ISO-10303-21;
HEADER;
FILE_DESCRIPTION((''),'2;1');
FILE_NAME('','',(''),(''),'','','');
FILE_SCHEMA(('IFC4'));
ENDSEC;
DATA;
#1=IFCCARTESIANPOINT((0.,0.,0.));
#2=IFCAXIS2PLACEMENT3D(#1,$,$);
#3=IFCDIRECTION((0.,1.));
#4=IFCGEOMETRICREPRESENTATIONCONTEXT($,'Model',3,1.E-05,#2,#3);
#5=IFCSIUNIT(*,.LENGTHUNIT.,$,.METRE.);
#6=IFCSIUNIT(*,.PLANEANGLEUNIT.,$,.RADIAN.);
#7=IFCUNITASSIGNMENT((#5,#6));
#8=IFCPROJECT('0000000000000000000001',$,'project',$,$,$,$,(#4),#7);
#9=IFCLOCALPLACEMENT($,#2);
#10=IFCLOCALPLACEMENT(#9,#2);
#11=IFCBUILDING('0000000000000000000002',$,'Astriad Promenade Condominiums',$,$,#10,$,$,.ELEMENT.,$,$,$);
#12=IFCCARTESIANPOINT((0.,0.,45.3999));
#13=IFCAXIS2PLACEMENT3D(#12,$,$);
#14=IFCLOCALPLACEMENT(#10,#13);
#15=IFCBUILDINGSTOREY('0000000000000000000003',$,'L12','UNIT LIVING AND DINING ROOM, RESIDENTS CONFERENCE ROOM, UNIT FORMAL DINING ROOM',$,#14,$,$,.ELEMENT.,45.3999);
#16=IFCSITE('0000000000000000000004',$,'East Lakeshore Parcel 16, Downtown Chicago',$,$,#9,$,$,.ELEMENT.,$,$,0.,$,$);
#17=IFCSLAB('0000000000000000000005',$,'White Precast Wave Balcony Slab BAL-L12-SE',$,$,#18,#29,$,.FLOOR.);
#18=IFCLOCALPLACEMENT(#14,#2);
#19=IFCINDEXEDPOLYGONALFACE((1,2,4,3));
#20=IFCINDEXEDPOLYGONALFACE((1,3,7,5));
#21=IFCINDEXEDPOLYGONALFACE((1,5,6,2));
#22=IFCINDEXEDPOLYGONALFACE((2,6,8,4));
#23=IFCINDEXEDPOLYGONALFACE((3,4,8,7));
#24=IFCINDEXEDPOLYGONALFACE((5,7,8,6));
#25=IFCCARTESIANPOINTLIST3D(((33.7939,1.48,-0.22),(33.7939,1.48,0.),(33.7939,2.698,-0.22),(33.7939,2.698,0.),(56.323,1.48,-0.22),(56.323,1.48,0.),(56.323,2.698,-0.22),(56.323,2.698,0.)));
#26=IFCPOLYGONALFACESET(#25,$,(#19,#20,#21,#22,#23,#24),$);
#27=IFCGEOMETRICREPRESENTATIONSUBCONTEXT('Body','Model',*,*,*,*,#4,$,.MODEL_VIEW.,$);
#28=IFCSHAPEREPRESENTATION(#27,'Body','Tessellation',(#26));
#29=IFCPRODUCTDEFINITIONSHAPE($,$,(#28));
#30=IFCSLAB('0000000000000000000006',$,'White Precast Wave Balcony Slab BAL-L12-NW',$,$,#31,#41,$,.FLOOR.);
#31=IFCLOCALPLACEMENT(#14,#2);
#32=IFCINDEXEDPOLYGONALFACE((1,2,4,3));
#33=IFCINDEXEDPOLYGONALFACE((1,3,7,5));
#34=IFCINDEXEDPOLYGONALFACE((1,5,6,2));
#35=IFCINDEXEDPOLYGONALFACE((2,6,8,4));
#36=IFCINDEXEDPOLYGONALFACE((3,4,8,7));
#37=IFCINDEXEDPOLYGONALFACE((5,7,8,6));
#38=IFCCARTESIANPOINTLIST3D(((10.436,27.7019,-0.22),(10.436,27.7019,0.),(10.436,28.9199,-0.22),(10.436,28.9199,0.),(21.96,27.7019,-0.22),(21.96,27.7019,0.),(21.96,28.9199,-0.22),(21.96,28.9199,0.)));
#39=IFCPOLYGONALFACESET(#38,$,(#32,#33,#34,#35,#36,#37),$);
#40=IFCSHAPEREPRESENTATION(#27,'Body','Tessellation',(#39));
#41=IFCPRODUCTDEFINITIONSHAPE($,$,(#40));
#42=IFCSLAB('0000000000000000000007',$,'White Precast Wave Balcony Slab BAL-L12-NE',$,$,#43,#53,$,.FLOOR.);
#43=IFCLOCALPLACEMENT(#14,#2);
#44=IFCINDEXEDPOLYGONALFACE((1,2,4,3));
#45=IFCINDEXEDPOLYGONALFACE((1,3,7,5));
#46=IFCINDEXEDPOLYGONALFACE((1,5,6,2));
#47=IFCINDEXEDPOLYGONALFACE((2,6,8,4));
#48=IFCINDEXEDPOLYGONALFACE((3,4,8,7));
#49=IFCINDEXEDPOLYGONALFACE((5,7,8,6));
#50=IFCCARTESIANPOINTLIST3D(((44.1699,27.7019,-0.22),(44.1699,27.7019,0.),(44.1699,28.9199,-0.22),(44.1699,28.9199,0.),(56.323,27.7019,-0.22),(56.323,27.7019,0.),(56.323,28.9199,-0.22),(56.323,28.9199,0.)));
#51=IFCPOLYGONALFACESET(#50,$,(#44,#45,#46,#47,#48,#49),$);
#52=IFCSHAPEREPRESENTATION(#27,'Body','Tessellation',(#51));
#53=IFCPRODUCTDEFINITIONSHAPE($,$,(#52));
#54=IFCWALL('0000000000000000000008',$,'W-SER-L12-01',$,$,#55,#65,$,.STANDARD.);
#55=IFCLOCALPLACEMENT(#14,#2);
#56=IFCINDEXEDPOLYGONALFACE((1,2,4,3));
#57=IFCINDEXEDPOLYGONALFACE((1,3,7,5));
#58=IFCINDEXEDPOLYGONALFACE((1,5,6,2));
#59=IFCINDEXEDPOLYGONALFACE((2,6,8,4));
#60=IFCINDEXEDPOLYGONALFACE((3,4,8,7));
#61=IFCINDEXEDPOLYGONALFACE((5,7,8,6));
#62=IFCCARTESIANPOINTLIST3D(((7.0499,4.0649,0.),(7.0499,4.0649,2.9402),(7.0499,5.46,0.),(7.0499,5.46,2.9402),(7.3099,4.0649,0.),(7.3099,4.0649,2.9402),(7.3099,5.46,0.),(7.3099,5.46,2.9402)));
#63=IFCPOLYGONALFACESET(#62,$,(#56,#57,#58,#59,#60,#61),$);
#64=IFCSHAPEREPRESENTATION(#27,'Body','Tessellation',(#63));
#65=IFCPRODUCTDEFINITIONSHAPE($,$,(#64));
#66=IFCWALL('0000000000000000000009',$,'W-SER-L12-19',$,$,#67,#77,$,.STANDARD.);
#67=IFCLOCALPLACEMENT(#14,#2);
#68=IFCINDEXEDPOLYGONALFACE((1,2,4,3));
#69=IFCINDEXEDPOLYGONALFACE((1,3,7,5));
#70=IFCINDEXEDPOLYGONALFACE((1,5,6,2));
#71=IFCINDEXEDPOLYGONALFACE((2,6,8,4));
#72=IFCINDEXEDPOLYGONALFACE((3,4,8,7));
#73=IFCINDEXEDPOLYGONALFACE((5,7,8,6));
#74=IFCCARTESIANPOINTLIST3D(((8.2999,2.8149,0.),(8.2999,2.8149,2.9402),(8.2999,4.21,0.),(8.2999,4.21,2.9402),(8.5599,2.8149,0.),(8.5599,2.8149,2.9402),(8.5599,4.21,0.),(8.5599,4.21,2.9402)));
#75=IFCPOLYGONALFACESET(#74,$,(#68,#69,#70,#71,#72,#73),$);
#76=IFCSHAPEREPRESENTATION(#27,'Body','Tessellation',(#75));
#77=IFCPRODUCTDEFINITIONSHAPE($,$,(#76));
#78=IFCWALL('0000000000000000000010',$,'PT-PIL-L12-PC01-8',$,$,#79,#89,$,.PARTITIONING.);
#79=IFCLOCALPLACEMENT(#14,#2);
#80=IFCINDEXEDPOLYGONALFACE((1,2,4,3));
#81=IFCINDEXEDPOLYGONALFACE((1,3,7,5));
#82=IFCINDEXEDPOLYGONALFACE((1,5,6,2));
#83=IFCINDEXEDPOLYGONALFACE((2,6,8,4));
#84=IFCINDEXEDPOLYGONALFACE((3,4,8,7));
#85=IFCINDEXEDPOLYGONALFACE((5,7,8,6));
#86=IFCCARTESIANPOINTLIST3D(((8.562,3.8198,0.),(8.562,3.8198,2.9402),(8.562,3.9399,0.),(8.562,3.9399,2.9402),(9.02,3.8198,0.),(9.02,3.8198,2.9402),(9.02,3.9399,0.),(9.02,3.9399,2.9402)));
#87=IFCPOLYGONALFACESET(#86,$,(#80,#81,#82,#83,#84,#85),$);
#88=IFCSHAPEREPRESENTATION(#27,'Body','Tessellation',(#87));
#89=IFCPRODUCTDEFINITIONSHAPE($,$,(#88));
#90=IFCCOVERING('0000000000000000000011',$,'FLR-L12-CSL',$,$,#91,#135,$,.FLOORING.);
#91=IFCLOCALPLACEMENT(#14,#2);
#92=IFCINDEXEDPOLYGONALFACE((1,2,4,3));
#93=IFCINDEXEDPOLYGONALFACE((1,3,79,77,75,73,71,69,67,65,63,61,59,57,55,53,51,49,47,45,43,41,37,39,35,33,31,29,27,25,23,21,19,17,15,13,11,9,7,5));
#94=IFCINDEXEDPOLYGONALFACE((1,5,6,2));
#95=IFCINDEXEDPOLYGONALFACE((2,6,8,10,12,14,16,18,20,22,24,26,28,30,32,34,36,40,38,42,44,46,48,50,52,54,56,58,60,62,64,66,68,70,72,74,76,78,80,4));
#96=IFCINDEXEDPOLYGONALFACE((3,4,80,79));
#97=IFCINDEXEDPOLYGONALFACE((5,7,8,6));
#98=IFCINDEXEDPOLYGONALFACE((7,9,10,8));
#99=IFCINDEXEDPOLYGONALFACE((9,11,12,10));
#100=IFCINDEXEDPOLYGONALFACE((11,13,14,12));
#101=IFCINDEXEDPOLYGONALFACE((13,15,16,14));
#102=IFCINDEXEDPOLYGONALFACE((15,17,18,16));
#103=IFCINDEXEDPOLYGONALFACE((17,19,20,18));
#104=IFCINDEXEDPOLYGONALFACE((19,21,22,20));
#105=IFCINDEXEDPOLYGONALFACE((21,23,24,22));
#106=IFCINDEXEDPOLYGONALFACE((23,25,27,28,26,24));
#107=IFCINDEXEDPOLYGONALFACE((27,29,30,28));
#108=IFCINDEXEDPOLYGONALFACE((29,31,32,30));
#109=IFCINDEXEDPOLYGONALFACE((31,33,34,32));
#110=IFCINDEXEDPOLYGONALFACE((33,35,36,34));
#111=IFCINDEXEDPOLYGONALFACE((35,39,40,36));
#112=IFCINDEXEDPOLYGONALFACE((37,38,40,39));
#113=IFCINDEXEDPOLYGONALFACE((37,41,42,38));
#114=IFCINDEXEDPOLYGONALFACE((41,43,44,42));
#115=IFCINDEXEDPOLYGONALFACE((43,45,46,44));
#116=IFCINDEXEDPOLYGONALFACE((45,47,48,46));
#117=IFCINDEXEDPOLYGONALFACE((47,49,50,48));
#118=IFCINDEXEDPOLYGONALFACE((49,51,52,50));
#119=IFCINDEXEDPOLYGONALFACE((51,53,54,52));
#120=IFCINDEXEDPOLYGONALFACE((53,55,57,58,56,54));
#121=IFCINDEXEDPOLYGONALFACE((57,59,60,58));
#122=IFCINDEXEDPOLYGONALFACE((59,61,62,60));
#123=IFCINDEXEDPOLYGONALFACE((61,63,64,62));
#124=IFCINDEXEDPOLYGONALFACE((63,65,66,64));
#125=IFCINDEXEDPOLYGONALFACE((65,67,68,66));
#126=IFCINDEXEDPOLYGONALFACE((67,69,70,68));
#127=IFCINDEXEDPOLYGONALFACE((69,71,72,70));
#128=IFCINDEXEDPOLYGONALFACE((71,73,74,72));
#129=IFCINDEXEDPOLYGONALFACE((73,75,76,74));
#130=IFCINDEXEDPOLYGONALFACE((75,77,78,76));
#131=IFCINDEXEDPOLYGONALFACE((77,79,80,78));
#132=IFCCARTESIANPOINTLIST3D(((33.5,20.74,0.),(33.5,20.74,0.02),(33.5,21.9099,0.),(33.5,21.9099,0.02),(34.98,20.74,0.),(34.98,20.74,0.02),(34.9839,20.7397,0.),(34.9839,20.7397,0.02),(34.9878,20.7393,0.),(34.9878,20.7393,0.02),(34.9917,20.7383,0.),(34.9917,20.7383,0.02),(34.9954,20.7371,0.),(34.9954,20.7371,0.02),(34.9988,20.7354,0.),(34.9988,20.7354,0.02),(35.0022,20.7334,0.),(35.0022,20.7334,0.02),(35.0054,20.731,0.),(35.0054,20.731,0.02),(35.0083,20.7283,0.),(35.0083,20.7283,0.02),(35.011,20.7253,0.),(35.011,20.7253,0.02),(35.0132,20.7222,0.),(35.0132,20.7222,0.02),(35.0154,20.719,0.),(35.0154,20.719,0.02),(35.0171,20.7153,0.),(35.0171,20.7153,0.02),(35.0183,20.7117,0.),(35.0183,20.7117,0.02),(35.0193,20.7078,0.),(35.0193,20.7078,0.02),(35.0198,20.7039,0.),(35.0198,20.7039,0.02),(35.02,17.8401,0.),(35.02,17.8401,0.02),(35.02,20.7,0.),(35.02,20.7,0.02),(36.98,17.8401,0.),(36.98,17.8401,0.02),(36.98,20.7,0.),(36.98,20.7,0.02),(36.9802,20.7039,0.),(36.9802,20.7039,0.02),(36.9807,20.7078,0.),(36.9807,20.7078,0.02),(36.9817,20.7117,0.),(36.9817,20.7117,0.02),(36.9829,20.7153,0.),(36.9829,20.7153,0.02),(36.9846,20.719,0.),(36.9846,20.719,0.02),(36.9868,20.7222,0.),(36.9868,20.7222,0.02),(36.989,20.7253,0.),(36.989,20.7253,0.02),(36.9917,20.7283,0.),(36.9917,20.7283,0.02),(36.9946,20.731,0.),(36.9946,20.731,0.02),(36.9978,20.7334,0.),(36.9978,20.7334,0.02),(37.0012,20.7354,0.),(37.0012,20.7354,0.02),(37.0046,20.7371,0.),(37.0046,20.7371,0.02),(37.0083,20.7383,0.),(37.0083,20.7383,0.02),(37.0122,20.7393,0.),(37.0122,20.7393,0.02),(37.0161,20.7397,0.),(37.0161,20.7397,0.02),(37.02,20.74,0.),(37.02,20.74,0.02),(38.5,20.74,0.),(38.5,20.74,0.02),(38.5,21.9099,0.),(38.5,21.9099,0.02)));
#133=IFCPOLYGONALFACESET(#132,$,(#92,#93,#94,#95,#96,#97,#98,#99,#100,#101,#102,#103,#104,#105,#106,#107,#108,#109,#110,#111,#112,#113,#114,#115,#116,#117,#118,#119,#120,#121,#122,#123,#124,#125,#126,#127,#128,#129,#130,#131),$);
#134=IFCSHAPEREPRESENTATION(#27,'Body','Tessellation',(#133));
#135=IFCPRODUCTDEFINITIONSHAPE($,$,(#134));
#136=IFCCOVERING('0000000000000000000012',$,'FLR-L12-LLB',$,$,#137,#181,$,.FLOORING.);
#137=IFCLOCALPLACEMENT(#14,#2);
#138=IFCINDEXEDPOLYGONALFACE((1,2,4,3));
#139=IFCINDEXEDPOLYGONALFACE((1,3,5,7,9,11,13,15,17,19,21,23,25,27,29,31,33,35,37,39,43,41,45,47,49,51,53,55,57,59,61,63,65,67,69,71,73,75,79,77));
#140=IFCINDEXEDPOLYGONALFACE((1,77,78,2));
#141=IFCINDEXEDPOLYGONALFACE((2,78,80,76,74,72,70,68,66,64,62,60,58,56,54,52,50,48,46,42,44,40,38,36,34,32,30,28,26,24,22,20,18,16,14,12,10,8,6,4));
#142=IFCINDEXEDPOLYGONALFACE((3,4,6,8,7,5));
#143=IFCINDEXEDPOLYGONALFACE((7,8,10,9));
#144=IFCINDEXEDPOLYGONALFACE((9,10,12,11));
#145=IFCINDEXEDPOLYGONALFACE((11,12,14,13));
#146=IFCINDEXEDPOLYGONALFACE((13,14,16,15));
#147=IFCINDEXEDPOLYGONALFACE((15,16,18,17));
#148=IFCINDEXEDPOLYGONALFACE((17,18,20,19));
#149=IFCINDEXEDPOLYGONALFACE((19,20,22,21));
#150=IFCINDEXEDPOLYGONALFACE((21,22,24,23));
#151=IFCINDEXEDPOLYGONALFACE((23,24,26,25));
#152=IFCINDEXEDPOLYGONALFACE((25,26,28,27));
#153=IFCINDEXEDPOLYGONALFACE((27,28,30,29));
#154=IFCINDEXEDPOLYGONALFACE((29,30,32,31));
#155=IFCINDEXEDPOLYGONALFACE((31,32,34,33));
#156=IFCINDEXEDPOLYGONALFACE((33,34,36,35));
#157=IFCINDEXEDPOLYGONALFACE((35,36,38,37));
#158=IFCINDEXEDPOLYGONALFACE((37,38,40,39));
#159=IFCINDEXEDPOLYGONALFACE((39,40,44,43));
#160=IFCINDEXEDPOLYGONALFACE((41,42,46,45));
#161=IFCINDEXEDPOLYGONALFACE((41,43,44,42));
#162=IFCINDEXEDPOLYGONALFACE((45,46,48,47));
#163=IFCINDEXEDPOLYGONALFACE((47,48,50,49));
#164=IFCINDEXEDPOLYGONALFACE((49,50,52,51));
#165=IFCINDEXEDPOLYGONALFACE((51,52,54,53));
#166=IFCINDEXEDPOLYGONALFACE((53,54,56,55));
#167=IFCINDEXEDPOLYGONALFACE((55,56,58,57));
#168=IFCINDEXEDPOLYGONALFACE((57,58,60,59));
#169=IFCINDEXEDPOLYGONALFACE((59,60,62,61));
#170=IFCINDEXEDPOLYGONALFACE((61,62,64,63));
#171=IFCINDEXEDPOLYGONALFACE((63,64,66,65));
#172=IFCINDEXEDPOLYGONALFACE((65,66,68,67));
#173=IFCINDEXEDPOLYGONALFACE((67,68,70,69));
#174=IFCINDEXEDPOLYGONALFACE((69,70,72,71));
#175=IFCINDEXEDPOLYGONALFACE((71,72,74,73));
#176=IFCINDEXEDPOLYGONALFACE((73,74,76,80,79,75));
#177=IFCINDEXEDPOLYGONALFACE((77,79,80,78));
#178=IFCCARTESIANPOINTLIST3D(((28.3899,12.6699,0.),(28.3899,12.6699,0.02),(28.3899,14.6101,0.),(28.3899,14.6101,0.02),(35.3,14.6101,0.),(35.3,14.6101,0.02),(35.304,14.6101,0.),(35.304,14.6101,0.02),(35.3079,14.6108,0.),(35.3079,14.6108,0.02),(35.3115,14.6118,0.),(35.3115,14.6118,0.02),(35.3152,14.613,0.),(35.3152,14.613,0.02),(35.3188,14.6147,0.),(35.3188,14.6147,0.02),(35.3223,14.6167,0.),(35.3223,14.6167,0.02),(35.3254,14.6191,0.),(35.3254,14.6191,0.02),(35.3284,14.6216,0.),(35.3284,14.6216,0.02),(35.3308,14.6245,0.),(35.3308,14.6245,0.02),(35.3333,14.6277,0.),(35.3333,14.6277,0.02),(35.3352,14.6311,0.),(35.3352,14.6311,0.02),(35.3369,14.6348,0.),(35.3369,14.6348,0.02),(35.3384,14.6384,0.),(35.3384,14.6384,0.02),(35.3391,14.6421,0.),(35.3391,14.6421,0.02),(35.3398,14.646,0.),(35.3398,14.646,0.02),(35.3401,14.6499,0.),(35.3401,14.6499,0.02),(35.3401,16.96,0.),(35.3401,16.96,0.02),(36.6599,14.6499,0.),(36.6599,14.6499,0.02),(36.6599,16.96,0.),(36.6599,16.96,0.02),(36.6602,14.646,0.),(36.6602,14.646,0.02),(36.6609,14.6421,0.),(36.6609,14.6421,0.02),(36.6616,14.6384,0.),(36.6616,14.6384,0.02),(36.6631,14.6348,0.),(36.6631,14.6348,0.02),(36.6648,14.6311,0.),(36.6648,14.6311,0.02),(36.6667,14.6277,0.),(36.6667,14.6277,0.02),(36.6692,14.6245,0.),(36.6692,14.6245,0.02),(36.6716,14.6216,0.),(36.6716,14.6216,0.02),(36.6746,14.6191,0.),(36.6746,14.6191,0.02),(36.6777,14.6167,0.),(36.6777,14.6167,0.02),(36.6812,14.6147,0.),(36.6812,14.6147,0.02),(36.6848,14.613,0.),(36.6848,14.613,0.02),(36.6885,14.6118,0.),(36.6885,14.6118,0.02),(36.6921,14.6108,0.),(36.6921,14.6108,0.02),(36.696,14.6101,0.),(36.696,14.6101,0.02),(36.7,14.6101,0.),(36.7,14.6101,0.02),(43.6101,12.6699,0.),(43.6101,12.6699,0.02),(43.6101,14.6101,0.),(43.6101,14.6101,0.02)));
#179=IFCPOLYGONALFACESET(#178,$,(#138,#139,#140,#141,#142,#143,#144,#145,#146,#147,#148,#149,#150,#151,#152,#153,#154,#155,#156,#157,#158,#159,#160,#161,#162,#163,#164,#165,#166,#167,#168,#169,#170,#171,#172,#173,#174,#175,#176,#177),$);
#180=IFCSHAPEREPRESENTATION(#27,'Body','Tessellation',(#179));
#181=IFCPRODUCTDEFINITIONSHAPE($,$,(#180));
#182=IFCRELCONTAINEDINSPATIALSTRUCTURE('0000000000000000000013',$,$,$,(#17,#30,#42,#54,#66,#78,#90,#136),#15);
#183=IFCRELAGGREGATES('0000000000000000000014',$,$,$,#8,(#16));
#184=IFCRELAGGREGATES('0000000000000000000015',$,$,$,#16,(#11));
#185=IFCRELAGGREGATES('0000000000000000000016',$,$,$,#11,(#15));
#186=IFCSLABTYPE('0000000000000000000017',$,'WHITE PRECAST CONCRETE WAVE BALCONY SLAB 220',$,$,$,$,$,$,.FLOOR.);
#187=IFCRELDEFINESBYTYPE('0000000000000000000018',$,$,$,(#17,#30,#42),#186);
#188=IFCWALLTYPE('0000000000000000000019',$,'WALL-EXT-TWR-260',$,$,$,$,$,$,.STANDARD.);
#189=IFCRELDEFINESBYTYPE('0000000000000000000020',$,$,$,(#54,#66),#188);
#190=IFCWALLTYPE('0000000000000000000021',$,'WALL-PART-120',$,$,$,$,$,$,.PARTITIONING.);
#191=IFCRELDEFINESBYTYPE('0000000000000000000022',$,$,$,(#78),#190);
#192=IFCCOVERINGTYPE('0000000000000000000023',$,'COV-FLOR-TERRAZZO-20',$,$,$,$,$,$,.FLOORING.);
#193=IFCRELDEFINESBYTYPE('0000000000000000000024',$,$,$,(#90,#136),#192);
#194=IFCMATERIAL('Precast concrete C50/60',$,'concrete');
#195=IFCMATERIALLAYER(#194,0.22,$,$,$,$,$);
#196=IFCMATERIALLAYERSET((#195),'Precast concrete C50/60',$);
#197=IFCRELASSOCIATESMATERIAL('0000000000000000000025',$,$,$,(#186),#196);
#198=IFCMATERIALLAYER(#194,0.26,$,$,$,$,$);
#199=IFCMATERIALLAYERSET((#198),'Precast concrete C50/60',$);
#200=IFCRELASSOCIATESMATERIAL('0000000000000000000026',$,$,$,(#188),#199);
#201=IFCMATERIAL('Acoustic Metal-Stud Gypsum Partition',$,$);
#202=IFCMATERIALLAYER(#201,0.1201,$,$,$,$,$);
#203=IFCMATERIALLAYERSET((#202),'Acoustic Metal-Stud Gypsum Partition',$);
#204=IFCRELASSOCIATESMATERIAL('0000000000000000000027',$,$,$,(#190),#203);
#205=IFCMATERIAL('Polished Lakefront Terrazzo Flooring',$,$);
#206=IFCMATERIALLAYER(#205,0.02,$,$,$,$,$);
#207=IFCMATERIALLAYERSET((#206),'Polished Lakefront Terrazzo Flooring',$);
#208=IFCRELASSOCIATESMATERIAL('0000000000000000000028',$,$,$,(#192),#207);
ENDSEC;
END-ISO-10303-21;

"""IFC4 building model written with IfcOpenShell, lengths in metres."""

from ifc_helpers import new_model, si_unit, direction, frame, frame_2d, origin, place, context, subcontext, project, spatial, polyline, rectangle, outline, extrude, material, layer, layer_set, type_object, element, save


model = new_model("IFC4")

# Units and contexts
model_context = context("Model", 3, precision=1e-05, world=origin(), true_north=direction((0.0, 1.0)))
body_context = subcontext(model_context, "Body", "Model", "MODEL_VIEW")
ifc_project = project(units=[si_unit("LENGTHUNIT", "METRE"), si_unit("PLANEANGLEUNIT", "RADIAN")], contexts=[model_context])

# Site, building, storey
site_placement = place(None, origin())
site = spatial("IfcSite", under=ifc_project, at=site_placement, Name="East Lakeshore Parcel 16, Downtown Chicago", CompositionType="ELEMENT", RefElevation=0.0)
building_placement = place(site_placement, origin())
building = spatial("IfcBuilding", under=site, at=building_placement, Name="Astriad Promenade Condominiums", CompositionType="ELEMENT")
storey_placement = place(building_placement, frame((0.0, 0.0, 45.3999)))
storey = spatial("IfcBuildingStorey", under=building, at=storey_placement, Name="L12", Description="UNIT LIVING AND DINING ROOM, RESIDENTS CONFERENCE ROOM, UNIT FORMAL DINING ROOM", CompositionType="ELEMENT", Elevation=45.3999)

# Slabs
ifc_material_1 = material(Name="Precast concrete C50/60", Category="concrete")
ifc_layer_1 = layer(ifc_material_1, 0.22)
ifc_layer_set_1 = layer_set([ifc_layer_1], Name="Precast concrete C50/60")
slab_type_1 = type_object("IfcSlabType", Name="WHITE PRECAST CONCRETE WAVE BALCONY SLAB 220", PredefinedType="FLOOR", material=ifc_layer_set_1)
slab_1_placement = place(storey_placement, frame((0.0, 0.0, -0.22)))
element("IfcSlab", 1, at=slab_1_placement, inside=storey, type_object=slab_type_1, Name="White Precast Wave Balcony Slab BAL-L12-SE", PredefinedType="FLOOR", context=body_context, shape_type="SweptSolid", body=[
    extrude(outline(polyline([(56.323, 1.48), (33.7939, 1.48), (33.7939, 2.698), (56.323, 2.698), (56.323, 1.48)])), origin(), (0.0, 0.0, 1.0), 0.22),
])
slab_2_placement = place(storey_placement, frame((0.0, 0.0, -0.22)))
element("IfcSlab", 2, at=slab_2_placement, inside=storey, type_object=slab_type_1, Name="White Precast Wave Balcony Slab BAL-L12-NW", PredefinedType="FLOOR", context=body_context, shape_type="SweptSolid", body=[
    extrude(outline(polyline([(10.436, 28.9199), (21.96, 28.9199), (21.96, 27.7019), (10.436, 27.7019), (10.436, 28.9199)])), origin(), (0.0, 0.0, 1.0), 0.22),
])
slab_3_placement = place(storey_placement, frame((0.0, 0.0, -0.22)))
element("IfcSlab", 3, at=slab_3_placement, inside=storey, type_object=slab_type_1, Name="White Precast Wave Balcony Slab BAL-L12-NE", PredefinedType="FLOOR", context=body_context, shape_type="SweptSolid", body=[
    extrude(outline(polyline([(44.1699, 28.9199), (56.323, 28.9199), (56.323, 27.7019), (44.1699, 27.7019), (44.1699, 28.9199)])), origin(), (0.0, 0.0, 1.0), 0.22),
])

# Walls
ifc_layer_2 = layer(ifc_material_1, 0.26)
ifc_layer_set_2 = layer_set([ifc_layer_2], Name="Precast concrete C50/60")
wall_type_1 = type_object("IfcWallType", Name="WALL-EXT-TWR-260", PredefinedType="STANDARD", material=ifc_layer_set_2)
for number, where, z_axis, x_axis, name in (
    (4, (7.1799, 4.0649, 0.0), (0.0, 0.0, 1.0), (0.0, 1.0, 0.0), "W-SER-L12-01"),
    (5, (8.4299, 2.8149, 0.0), (0.0, 0.0, 1.0), (0.0, 1.0, 0.0), "W-SER-L12-19"),
):
    element("IfcWall", number, at=place(storey_placement, frame(where, z_axis=z_axis, x_axis=x_axis)), inside=storey, type_object=wall_type_1, Name=name, PredefinedType="STANDARD", context=body_context, shape_type="SweptSolid", body=[
        extrude(rectangle(XDim=1.395, YDim=0.26, at=frame_2d((0.6975, 0.0))), origin(), (0.0, 0.0, 1.0), 2.9402),
    ])
ifc_material_2 = material(Name="Acoustic Metal-Stud Gypsum Partition")
ifc_layer_3 = layer(ifc_material_2, 0.1201)
ifc_layer_set_3 = layer_set([ifc_layer_3], Name="Acoustic Metal-Stud Gypsum Partition")
wall_type_2 = type_object("IfcWallType", Name="WALL-PART-120", PredefinedType="PARTITIONING", material=ifc_layer_set_3)
wall_placement = place(storey_placement, frame((9.02, 3.8799, 0.0), z_axis=(0.0, 0.0, 1.0), x_axis=(-1.0, 0.0, 0.0)))
element("IfcWall", 6, at=wall_placement, inside=storey, type_object=wall_type_2, Name="PT-PIL-L12-PC01-8", PredefinedType="PARTITIONING", context=body_context, shape_type="SweptSolid", body=[
    extrude(rectangle(XDim=0.458, YDim=0.1201, at=frame_2d((0.229, 0.0))), origin(), (0.0, 0.0, 1.0), 2.9402),
])

# Coverings
ifc_material_3 = material(Name="Polished Lakefront Terrazzo Flooring")
ifc_layer_4 = layer(ifc_material_3, 0.02)
ifc_layer_set_4 = layer_set([ifc_layer_4], Name="Polished Lakefront Terrazzo Flooring")
covering_type = type_object("IfcCoveringType", Name="COV-FLOR-TERRAZZO-20", PredefinedType="FLOORING", material=ifc_layer_set_4)
covering_1_placement = place(storey_placement, origin())
element("IfcCovering", 7, at=covering_1_placement, inside=storey, type_object=covering_type, Name="FLR-L12-CSL", PredefinedType="FLOORING", context=body_context, shape_type="SweptSolid", body=[
    extrude(outline(polyline([(36.98, 20.7), (36.98, 17.8401), (35.02, 17.8401), (35.02, 20.7), (35.0198, 20.7039), (35.0193, 20.7078), (35.0183, 20.7117), (35.0171, 20.7153), (35.0154, 20.719), (35.0132, 20.7222), (35.011, 20.7253), (35.0083, 20.7283), (35.0054, 20.731), (35.0022, 20.7334), (34.9988, 20.7354), (34.9954, 20.7371), (34.9917, 20.7383), (34.9878, 20.7393), (34.9839, 20.7397), (34.98, 20.74), (33.5, 20.74), (33.5, 21.9099), (38.5, 21.9099), (38.5, 20.74), (37.02, 20.74), (37.0161, 20.7397), (37.0122, 20.7393), (37.0083, 20.7383), (37.0046, 20.7371), (37.0012, 20.7354), (36.9978, 20.7334), (36.9946, 20.731), (36.9917, 20.7283), (36.989, 20.7253), (36.9868, 20.7222), (36.9846, 20.719), (36.9829, 20.7153), (36.9817, 20.7117), (36.9807, 20.7078), (36.9802, 20.7039), (36.98, 20.7)])), origin(), (0.0, 0.0, 1.0), 0.02),
])
covering_2_placement = place(storey_placement, origin())
element("IfcCovering", 8, at=covering_2_placement, inside=storey, type_object=covering_type, Name="FLR-L12-LLB", PredefinedType="FLOORING", context=body_context, shape_type="SweptSolid", body=[
    extrude(outline(polyline([(43.6101, 14.6101), (43.6101, 12.6699), (28.3899, 12.6699), (28.3899, 14.6101), (35.3, 14.6101), (35.304, 14.6101), (35.3079, 14.6108), (35.3115, 14.6118), (35.3152, 14.613), (35.3188, 14.6147), (35.3223, 14.6167), (35.3254, 14.6191), (35.3284, 14.6216), (35.3308, 14.6245), (35.3333, 14.6277), (35.3352, 14.6311), (35.3369, 14.6348), (35.3384, 14.6384), (35.3391, 14.6421), (35.3398, 14.646), (35.3401, 14.6499), (35.3401, 16.96), (36.6599, 16.96), (36.6599, 14.6499), (36.6602, 14.646), (36.6609, 14.6421), (36.6616, 14.6384), (36.6631, 14.6348), (36.6648, 14.6311), (36.6667, 14.6277), (36.6692, 14.6245), (36.6716, 14.6216), (36.6746, 14.6191), (36.6777, 14.6167), (36.6812, 14.6147), (36.6848, 14.613), (36.6885, 14.6118), (36.6921, 14.6108), (36.696, 14.6101), (36.7, 14.6101), (43.6101, 14.6101)])), origin(), (0.0, 0.0, 1.0), 0.02),
])

save(model, "model.ifc")
